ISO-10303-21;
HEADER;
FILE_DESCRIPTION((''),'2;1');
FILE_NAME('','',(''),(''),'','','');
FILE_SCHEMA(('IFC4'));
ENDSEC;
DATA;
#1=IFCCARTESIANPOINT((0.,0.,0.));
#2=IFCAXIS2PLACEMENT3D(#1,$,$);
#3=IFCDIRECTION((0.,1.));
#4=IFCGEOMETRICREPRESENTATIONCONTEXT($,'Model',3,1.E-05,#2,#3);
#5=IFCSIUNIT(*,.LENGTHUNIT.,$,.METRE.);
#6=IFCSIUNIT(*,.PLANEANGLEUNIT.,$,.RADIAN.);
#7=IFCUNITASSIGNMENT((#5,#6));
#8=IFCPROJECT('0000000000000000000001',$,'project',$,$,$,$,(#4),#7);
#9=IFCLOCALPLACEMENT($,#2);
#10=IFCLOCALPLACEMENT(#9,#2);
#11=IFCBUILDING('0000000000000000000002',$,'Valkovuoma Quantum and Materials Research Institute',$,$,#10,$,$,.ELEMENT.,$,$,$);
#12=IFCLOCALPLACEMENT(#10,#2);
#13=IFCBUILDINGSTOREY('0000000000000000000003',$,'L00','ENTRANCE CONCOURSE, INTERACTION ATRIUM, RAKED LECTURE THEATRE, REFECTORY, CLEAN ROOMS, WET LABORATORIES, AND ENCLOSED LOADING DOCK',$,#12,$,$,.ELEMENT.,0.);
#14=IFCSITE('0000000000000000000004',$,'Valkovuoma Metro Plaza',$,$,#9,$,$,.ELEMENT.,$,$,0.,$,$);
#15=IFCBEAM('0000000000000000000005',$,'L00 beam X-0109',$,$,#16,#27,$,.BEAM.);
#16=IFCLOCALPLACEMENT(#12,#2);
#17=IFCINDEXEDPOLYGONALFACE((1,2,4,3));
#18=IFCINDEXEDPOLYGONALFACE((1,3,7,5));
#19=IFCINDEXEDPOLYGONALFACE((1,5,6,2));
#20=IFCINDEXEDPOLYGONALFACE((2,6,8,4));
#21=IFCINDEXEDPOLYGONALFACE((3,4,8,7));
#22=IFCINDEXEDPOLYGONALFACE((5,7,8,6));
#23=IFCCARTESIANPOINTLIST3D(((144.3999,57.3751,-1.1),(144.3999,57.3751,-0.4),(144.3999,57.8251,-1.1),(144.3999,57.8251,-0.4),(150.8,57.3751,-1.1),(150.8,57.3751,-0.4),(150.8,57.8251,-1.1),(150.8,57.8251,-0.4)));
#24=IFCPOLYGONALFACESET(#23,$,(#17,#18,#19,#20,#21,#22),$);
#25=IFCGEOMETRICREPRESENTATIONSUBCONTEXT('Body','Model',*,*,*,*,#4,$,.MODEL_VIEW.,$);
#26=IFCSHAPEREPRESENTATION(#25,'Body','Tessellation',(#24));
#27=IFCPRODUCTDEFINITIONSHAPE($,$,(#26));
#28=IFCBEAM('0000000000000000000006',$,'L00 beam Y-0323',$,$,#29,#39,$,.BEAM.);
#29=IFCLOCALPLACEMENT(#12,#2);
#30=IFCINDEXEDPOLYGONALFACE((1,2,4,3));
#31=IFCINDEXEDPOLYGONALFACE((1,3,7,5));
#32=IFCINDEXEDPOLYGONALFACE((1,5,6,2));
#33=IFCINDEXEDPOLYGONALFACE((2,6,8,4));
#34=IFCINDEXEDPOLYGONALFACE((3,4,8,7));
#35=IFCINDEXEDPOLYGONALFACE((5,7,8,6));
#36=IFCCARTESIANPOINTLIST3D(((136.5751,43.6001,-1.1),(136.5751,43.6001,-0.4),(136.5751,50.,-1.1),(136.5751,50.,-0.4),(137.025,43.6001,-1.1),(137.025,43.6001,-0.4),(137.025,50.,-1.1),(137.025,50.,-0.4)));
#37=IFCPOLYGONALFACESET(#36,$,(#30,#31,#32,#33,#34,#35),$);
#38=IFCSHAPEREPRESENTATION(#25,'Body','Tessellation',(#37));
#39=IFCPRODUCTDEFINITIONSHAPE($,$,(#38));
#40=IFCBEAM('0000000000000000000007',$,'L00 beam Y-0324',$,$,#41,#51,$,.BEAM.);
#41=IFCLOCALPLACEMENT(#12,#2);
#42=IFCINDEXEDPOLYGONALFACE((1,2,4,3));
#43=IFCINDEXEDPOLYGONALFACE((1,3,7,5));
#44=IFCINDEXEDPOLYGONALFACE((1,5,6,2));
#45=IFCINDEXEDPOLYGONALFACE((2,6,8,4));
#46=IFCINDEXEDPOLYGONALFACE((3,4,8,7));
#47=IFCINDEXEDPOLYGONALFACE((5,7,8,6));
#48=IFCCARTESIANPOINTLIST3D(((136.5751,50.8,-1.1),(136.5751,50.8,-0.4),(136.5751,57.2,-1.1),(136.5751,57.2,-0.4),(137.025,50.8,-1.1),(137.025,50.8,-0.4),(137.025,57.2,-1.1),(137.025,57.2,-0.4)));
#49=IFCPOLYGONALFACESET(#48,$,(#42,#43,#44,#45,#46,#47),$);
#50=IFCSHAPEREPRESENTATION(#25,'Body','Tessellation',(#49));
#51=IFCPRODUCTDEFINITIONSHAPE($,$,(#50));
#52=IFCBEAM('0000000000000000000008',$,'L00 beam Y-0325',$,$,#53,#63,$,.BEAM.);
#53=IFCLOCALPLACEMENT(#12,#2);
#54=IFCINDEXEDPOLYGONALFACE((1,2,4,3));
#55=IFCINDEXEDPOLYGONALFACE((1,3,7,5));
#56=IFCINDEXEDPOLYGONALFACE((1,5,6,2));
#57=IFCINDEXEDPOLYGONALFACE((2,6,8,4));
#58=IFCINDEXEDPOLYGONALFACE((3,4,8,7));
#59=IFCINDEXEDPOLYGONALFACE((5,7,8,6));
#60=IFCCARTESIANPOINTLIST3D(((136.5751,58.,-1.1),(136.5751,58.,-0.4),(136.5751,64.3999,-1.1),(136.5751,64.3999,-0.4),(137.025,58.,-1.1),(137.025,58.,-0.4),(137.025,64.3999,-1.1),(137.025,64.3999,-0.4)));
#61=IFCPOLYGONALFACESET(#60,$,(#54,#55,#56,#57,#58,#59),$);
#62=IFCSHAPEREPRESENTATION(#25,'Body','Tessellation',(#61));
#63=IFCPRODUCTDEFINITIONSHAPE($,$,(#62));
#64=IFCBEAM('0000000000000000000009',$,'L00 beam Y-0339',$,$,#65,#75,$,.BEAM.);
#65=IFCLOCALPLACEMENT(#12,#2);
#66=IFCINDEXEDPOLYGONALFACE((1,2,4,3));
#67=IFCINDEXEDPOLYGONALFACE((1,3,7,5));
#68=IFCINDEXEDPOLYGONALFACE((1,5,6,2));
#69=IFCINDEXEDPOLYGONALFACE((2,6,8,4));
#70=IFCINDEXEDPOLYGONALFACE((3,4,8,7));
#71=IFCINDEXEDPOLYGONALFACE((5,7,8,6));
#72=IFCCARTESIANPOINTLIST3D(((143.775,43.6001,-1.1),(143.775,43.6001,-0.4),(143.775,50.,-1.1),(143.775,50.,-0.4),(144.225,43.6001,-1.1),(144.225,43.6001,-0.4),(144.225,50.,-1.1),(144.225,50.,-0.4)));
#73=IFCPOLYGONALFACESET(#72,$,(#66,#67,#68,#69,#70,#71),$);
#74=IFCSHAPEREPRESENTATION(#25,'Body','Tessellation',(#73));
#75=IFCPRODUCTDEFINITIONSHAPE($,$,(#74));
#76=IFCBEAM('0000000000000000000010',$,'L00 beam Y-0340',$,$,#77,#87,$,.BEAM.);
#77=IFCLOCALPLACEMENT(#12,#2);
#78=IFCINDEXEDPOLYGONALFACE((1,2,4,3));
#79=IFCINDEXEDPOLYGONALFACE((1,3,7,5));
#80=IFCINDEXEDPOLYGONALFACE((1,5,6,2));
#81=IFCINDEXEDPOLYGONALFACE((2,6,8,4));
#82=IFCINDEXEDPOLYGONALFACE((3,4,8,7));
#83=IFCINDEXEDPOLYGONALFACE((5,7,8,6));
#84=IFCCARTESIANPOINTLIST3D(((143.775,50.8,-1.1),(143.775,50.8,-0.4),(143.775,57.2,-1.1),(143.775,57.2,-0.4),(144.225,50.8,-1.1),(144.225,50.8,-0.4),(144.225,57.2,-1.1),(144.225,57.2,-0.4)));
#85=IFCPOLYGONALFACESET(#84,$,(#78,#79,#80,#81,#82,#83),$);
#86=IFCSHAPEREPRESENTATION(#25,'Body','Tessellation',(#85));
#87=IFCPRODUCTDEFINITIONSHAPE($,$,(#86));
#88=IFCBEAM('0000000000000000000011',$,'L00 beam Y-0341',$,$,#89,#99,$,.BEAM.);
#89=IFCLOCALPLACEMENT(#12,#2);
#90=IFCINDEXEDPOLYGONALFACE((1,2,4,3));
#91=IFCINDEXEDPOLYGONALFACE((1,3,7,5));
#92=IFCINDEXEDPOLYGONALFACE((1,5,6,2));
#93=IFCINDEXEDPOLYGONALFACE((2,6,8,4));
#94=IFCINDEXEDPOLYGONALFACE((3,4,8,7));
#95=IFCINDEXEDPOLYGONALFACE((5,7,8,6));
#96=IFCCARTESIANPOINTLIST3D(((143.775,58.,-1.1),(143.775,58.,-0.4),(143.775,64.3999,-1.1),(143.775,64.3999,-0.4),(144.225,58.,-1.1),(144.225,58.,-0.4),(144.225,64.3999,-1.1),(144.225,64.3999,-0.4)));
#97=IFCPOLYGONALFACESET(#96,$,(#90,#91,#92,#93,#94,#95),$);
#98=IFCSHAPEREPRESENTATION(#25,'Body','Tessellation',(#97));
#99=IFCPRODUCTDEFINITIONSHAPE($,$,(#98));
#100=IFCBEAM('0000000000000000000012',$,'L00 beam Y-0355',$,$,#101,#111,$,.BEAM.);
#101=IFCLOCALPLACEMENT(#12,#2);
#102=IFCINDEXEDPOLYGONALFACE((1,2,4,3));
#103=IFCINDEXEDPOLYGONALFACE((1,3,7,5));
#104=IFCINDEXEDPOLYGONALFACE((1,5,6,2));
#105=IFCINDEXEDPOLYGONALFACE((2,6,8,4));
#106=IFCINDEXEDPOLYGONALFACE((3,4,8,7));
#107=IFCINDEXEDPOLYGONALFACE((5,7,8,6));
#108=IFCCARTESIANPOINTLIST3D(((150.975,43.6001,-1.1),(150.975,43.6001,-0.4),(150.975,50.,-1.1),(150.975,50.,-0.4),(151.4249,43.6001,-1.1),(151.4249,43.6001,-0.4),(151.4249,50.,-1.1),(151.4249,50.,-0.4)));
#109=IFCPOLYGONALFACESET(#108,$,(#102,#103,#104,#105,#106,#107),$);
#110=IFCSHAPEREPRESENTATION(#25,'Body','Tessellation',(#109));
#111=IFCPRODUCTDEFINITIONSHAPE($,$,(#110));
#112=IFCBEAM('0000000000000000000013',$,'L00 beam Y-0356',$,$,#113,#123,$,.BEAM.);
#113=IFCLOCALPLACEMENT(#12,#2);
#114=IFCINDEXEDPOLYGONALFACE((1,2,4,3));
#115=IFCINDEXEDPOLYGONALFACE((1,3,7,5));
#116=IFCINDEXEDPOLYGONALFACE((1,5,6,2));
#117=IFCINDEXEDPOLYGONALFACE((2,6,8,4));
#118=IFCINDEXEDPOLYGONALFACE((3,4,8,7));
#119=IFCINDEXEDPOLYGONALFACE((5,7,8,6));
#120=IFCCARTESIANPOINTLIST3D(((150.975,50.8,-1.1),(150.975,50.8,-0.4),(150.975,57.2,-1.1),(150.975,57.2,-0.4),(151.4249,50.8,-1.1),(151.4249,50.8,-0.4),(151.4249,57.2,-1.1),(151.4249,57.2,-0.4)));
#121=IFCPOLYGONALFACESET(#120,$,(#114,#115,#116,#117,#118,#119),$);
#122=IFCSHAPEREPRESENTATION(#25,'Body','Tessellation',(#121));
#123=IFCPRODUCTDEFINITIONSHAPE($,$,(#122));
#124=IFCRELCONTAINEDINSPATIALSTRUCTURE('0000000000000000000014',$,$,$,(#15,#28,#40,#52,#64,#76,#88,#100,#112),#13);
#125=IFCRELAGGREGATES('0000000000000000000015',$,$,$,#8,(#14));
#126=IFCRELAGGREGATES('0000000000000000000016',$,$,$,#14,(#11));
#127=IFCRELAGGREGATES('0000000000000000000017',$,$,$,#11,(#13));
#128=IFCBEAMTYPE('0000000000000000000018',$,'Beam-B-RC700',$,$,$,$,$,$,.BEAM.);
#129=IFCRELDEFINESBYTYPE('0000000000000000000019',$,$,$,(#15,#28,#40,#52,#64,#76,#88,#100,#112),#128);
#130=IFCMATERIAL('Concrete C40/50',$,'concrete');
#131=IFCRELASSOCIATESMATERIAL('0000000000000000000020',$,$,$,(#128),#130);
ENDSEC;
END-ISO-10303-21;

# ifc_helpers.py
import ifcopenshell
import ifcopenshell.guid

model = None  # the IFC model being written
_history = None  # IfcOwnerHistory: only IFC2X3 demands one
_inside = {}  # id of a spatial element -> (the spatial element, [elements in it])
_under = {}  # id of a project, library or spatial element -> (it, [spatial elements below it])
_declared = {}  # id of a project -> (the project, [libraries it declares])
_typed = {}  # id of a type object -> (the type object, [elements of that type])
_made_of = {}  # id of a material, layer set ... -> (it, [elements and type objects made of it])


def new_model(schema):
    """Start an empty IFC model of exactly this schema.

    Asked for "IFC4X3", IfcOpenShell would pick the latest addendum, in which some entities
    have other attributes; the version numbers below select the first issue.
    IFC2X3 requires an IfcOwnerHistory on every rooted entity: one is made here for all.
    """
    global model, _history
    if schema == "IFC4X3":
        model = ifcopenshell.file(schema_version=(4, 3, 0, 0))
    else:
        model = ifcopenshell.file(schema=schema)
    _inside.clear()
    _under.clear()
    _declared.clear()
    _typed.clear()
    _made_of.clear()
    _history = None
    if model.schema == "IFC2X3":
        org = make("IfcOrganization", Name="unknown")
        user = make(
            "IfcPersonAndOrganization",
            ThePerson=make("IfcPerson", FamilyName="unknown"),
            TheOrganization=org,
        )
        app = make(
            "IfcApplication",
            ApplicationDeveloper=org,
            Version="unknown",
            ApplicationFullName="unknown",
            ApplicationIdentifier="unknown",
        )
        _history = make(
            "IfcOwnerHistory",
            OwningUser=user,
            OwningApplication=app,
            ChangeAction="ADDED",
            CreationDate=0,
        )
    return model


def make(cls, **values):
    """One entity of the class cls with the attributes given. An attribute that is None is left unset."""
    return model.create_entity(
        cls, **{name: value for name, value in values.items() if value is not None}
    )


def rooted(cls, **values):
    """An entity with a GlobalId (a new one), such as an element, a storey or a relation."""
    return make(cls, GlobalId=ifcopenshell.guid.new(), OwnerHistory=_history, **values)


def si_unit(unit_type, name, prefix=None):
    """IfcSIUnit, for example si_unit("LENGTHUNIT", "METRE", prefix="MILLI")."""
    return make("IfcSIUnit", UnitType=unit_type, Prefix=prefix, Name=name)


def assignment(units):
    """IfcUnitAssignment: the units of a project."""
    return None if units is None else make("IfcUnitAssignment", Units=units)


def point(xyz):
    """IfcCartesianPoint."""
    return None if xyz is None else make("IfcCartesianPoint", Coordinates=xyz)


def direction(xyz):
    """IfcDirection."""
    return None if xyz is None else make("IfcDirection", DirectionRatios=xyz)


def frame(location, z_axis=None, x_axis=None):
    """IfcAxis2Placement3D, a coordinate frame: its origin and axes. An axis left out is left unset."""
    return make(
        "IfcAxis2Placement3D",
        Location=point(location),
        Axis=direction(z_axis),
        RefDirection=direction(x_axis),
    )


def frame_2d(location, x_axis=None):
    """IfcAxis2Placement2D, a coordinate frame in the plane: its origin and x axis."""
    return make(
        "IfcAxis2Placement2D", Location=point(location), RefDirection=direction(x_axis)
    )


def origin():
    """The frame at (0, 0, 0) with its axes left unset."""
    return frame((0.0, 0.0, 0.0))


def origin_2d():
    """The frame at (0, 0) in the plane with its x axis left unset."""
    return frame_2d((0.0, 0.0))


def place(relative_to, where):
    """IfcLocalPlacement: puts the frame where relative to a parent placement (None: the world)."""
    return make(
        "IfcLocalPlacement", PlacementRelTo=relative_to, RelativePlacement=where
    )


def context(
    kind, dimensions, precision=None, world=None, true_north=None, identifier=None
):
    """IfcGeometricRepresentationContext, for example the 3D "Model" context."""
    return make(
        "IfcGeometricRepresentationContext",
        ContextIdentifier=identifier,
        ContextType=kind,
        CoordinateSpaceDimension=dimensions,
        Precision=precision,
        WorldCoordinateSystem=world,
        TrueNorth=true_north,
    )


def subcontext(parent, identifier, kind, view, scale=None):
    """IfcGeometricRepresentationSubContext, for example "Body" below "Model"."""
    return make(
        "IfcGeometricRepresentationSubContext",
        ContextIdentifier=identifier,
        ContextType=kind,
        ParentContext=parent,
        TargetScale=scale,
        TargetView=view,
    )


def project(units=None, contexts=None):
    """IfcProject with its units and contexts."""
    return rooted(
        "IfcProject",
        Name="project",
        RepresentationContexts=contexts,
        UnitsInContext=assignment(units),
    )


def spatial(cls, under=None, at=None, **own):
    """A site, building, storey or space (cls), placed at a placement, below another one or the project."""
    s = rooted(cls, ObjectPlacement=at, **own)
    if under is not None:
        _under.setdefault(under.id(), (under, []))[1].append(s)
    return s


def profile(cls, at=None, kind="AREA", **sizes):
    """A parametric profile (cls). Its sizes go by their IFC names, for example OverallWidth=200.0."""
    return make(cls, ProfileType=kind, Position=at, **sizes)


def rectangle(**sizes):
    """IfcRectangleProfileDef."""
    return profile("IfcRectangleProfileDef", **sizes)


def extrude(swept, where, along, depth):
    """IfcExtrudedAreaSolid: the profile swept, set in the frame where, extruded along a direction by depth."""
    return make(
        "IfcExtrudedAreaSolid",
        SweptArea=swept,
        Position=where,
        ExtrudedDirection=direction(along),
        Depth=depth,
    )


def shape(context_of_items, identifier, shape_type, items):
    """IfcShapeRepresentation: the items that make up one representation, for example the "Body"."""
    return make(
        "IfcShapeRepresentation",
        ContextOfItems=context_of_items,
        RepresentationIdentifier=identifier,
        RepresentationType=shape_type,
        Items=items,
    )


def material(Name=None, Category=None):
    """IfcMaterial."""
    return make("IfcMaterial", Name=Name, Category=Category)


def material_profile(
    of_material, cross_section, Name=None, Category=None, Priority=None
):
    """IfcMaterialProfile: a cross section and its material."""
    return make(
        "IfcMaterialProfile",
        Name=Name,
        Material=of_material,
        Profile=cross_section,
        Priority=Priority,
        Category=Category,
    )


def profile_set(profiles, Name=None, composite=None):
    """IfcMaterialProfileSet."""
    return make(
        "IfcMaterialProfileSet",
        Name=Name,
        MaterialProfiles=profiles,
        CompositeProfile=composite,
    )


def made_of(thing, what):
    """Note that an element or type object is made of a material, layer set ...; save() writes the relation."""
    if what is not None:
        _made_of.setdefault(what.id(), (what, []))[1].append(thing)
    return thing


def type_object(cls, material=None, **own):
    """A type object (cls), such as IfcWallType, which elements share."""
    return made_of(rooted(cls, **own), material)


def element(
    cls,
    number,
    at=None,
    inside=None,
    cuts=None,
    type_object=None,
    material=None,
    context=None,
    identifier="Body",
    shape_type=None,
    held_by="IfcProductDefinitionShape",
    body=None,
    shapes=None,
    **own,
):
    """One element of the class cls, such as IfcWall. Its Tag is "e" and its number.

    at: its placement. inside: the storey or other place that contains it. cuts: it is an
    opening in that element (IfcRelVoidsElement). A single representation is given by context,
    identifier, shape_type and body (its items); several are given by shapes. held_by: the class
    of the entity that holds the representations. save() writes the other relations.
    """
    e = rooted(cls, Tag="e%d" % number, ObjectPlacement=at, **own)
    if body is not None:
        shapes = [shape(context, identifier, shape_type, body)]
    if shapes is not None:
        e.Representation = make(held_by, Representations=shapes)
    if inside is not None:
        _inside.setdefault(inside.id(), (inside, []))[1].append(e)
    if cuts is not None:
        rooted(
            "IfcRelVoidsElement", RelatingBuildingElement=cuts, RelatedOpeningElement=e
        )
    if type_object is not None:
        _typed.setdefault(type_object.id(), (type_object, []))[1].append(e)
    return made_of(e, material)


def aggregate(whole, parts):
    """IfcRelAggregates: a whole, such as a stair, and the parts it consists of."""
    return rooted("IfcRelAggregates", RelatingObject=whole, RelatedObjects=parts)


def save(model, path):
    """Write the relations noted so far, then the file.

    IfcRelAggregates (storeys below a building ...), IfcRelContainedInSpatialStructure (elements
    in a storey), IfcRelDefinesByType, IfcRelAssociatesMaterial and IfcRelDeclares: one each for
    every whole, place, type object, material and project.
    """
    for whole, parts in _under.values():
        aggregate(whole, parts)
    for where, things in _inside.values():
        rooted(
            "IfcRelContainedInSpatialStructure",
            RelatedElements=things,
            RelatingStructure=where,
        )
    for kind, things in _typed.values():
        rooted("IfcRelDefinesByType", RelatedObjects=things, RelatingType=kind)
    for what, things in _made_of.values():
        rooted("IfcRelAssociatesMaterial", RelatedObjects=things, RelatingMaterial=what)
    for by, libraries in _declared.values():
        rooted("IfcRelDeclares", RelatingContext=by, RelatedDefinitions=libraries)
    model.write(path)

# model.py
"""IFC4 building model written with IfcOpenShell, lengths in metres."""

from ifc_helpers import new_model, si_unit, direction, frame, origin, origin_2d, place, context, subcontext, project, spatial, rectangle, extrude, material, material_profile, profile_set, type_object, element, save


model = new_model("IFC4")

# Units and contexts
model_context = context("Model", 3, precision=1e-05, world=origin(), true_north=direction((0.0, 1.0)))
body_context = subcontext(model_context, "Body", "Model", "MODEL_VIEW")
ifc_project = project(units=[si_unit("LENGTHUNIT", "METRE"), si_unit("PLANEANGLEUNIT", "RADIAN")], contexts=[model_context])

# Site, building, storey
site_placement = place(None, origin())
site = spatial("IfcSite", under=ifc_project, at=site_placement, Name="Valkovuoma Metro Plaza", CompositionType="ELEMENT", RefElevation=0.0)
building_placement = place(site_placement, origin())
building = spatial("IfcBuilding", under=site, at=building_placement, Name="Valkovuoma Quantum and Materials Research Institute", CompositionType="ELEMENT")
storey_placement = place(building_placement, origin())
storey = spatial("IfcBuildingStorey", under=building, at=storey_placement, Name="L00", Description="ENTRANCE CONCOURSE, INTERACTION ATRIUM, RAKED LECTURE THEATRE, REFECTORY, CLEAN ROOMS, WET LABORATORIES, AND ENCLOSED LOADING DOCK", CompositionType="ELEMENT", Elevation=0.0)

# Beams
ifc_material_1 = material(Name="Concrete C40/50", Category="concrete")
ifc_material_profile_1 = material_profile(ifc_material_1, rectangle(XDim=0.45, YDim=0.7, at=origin_2d()), Name="Concrete C40/50")
ifc_profile_set_1 = profile_set([ifc_material_profile_1], Name="Concrete C40/50")
beam_type_1 = type_object("IfcBeamType", Name="Beam-B-RC700", PredefinedType="BEAM", material=ifc_profile_set_1)
for number, where, z_axis, x_axis, name in (
    (1, (144.3999, 57.6001, -0.75), (1.0, 0.0, 0.0), (0.0, 1.0, 0.0), "L00 beam X-0109"),
):
    element("IfcBeam", number, at=place(storey_placement, frame(where, z_axis=z_axis, x_axis=x_axis)), inside=storey, type_object=beam_type_1, Name=name, PredefinedType="BEAM", context=body_context, shape_type="SweptSolid", body=[
        extrude(rectangle(XDim=0.45, YDim=0.7, at=origin_2d()), origin(), (0.0, 0.0, 1.0), 6.4001),
    ])
for number, where, z_axis, x_axis, name in (
    (2, (136.8, 43.6001, -0.75), (0.0, 1.0, 0.0), (-1.0, 0.0, 0.0), "L00 beam Y-0323"),
    (3, (136.8, 50.8, -0.75), (0.0, 1.0, 0.0), (-1.0, 0.0, 0.0), "L00 beam Y-0324"),
    (4, (136.8, 58.0, -0.75), (0.0, 1.0, 0.0), (-1.0, 0.0, 0.0), "L00 beam Y-0325"),
    (5, (144.0, 43.6001, -0.75), (0.0, 1.0, 0.0), (-1.0, 0.0, 0.0), "L00 beam Y-0339"),
    (6, (144.0, 50.8, -0.75), (0.0, 1.0, 0.0), (-1.0, 0.0, 0.0), "L00 beam Y-0340"),
    (7, (144.0, 58.0, -0.75), (0.0, 1.0, 0.0), (-1.0, 0.0, 0.0), "L00 beam Y-0341"),
    (8, (151.2, 43.6001, -0.75), (0.0, 1.0, 0.0), (-1.0, 0.0, 0.0), "L00 beam Y-0355"),
    (9, (151.2, 50.8, -0.75), (0.0, 1.0, 0.0), (-1.0, 0.0, 0.0), "L00 beam Y-0356"),
):
    element("IfcBeam", number, at=place(storey_placement, frame(where, z_axis=z_axis, x_axis=x_axis)), inside=storey, type_object=beam_type_1, Name=name, PredefinedType="BEAM", context=body_context, shape_type="SweptSolid", body=[
        extrude(rectangle(XDim=0.45, YDim=0.7, at=origin_2d()), origin(), (0.0, 0.0, 1.0), 6.3999),
    ])

save(model, "model.ifc")
